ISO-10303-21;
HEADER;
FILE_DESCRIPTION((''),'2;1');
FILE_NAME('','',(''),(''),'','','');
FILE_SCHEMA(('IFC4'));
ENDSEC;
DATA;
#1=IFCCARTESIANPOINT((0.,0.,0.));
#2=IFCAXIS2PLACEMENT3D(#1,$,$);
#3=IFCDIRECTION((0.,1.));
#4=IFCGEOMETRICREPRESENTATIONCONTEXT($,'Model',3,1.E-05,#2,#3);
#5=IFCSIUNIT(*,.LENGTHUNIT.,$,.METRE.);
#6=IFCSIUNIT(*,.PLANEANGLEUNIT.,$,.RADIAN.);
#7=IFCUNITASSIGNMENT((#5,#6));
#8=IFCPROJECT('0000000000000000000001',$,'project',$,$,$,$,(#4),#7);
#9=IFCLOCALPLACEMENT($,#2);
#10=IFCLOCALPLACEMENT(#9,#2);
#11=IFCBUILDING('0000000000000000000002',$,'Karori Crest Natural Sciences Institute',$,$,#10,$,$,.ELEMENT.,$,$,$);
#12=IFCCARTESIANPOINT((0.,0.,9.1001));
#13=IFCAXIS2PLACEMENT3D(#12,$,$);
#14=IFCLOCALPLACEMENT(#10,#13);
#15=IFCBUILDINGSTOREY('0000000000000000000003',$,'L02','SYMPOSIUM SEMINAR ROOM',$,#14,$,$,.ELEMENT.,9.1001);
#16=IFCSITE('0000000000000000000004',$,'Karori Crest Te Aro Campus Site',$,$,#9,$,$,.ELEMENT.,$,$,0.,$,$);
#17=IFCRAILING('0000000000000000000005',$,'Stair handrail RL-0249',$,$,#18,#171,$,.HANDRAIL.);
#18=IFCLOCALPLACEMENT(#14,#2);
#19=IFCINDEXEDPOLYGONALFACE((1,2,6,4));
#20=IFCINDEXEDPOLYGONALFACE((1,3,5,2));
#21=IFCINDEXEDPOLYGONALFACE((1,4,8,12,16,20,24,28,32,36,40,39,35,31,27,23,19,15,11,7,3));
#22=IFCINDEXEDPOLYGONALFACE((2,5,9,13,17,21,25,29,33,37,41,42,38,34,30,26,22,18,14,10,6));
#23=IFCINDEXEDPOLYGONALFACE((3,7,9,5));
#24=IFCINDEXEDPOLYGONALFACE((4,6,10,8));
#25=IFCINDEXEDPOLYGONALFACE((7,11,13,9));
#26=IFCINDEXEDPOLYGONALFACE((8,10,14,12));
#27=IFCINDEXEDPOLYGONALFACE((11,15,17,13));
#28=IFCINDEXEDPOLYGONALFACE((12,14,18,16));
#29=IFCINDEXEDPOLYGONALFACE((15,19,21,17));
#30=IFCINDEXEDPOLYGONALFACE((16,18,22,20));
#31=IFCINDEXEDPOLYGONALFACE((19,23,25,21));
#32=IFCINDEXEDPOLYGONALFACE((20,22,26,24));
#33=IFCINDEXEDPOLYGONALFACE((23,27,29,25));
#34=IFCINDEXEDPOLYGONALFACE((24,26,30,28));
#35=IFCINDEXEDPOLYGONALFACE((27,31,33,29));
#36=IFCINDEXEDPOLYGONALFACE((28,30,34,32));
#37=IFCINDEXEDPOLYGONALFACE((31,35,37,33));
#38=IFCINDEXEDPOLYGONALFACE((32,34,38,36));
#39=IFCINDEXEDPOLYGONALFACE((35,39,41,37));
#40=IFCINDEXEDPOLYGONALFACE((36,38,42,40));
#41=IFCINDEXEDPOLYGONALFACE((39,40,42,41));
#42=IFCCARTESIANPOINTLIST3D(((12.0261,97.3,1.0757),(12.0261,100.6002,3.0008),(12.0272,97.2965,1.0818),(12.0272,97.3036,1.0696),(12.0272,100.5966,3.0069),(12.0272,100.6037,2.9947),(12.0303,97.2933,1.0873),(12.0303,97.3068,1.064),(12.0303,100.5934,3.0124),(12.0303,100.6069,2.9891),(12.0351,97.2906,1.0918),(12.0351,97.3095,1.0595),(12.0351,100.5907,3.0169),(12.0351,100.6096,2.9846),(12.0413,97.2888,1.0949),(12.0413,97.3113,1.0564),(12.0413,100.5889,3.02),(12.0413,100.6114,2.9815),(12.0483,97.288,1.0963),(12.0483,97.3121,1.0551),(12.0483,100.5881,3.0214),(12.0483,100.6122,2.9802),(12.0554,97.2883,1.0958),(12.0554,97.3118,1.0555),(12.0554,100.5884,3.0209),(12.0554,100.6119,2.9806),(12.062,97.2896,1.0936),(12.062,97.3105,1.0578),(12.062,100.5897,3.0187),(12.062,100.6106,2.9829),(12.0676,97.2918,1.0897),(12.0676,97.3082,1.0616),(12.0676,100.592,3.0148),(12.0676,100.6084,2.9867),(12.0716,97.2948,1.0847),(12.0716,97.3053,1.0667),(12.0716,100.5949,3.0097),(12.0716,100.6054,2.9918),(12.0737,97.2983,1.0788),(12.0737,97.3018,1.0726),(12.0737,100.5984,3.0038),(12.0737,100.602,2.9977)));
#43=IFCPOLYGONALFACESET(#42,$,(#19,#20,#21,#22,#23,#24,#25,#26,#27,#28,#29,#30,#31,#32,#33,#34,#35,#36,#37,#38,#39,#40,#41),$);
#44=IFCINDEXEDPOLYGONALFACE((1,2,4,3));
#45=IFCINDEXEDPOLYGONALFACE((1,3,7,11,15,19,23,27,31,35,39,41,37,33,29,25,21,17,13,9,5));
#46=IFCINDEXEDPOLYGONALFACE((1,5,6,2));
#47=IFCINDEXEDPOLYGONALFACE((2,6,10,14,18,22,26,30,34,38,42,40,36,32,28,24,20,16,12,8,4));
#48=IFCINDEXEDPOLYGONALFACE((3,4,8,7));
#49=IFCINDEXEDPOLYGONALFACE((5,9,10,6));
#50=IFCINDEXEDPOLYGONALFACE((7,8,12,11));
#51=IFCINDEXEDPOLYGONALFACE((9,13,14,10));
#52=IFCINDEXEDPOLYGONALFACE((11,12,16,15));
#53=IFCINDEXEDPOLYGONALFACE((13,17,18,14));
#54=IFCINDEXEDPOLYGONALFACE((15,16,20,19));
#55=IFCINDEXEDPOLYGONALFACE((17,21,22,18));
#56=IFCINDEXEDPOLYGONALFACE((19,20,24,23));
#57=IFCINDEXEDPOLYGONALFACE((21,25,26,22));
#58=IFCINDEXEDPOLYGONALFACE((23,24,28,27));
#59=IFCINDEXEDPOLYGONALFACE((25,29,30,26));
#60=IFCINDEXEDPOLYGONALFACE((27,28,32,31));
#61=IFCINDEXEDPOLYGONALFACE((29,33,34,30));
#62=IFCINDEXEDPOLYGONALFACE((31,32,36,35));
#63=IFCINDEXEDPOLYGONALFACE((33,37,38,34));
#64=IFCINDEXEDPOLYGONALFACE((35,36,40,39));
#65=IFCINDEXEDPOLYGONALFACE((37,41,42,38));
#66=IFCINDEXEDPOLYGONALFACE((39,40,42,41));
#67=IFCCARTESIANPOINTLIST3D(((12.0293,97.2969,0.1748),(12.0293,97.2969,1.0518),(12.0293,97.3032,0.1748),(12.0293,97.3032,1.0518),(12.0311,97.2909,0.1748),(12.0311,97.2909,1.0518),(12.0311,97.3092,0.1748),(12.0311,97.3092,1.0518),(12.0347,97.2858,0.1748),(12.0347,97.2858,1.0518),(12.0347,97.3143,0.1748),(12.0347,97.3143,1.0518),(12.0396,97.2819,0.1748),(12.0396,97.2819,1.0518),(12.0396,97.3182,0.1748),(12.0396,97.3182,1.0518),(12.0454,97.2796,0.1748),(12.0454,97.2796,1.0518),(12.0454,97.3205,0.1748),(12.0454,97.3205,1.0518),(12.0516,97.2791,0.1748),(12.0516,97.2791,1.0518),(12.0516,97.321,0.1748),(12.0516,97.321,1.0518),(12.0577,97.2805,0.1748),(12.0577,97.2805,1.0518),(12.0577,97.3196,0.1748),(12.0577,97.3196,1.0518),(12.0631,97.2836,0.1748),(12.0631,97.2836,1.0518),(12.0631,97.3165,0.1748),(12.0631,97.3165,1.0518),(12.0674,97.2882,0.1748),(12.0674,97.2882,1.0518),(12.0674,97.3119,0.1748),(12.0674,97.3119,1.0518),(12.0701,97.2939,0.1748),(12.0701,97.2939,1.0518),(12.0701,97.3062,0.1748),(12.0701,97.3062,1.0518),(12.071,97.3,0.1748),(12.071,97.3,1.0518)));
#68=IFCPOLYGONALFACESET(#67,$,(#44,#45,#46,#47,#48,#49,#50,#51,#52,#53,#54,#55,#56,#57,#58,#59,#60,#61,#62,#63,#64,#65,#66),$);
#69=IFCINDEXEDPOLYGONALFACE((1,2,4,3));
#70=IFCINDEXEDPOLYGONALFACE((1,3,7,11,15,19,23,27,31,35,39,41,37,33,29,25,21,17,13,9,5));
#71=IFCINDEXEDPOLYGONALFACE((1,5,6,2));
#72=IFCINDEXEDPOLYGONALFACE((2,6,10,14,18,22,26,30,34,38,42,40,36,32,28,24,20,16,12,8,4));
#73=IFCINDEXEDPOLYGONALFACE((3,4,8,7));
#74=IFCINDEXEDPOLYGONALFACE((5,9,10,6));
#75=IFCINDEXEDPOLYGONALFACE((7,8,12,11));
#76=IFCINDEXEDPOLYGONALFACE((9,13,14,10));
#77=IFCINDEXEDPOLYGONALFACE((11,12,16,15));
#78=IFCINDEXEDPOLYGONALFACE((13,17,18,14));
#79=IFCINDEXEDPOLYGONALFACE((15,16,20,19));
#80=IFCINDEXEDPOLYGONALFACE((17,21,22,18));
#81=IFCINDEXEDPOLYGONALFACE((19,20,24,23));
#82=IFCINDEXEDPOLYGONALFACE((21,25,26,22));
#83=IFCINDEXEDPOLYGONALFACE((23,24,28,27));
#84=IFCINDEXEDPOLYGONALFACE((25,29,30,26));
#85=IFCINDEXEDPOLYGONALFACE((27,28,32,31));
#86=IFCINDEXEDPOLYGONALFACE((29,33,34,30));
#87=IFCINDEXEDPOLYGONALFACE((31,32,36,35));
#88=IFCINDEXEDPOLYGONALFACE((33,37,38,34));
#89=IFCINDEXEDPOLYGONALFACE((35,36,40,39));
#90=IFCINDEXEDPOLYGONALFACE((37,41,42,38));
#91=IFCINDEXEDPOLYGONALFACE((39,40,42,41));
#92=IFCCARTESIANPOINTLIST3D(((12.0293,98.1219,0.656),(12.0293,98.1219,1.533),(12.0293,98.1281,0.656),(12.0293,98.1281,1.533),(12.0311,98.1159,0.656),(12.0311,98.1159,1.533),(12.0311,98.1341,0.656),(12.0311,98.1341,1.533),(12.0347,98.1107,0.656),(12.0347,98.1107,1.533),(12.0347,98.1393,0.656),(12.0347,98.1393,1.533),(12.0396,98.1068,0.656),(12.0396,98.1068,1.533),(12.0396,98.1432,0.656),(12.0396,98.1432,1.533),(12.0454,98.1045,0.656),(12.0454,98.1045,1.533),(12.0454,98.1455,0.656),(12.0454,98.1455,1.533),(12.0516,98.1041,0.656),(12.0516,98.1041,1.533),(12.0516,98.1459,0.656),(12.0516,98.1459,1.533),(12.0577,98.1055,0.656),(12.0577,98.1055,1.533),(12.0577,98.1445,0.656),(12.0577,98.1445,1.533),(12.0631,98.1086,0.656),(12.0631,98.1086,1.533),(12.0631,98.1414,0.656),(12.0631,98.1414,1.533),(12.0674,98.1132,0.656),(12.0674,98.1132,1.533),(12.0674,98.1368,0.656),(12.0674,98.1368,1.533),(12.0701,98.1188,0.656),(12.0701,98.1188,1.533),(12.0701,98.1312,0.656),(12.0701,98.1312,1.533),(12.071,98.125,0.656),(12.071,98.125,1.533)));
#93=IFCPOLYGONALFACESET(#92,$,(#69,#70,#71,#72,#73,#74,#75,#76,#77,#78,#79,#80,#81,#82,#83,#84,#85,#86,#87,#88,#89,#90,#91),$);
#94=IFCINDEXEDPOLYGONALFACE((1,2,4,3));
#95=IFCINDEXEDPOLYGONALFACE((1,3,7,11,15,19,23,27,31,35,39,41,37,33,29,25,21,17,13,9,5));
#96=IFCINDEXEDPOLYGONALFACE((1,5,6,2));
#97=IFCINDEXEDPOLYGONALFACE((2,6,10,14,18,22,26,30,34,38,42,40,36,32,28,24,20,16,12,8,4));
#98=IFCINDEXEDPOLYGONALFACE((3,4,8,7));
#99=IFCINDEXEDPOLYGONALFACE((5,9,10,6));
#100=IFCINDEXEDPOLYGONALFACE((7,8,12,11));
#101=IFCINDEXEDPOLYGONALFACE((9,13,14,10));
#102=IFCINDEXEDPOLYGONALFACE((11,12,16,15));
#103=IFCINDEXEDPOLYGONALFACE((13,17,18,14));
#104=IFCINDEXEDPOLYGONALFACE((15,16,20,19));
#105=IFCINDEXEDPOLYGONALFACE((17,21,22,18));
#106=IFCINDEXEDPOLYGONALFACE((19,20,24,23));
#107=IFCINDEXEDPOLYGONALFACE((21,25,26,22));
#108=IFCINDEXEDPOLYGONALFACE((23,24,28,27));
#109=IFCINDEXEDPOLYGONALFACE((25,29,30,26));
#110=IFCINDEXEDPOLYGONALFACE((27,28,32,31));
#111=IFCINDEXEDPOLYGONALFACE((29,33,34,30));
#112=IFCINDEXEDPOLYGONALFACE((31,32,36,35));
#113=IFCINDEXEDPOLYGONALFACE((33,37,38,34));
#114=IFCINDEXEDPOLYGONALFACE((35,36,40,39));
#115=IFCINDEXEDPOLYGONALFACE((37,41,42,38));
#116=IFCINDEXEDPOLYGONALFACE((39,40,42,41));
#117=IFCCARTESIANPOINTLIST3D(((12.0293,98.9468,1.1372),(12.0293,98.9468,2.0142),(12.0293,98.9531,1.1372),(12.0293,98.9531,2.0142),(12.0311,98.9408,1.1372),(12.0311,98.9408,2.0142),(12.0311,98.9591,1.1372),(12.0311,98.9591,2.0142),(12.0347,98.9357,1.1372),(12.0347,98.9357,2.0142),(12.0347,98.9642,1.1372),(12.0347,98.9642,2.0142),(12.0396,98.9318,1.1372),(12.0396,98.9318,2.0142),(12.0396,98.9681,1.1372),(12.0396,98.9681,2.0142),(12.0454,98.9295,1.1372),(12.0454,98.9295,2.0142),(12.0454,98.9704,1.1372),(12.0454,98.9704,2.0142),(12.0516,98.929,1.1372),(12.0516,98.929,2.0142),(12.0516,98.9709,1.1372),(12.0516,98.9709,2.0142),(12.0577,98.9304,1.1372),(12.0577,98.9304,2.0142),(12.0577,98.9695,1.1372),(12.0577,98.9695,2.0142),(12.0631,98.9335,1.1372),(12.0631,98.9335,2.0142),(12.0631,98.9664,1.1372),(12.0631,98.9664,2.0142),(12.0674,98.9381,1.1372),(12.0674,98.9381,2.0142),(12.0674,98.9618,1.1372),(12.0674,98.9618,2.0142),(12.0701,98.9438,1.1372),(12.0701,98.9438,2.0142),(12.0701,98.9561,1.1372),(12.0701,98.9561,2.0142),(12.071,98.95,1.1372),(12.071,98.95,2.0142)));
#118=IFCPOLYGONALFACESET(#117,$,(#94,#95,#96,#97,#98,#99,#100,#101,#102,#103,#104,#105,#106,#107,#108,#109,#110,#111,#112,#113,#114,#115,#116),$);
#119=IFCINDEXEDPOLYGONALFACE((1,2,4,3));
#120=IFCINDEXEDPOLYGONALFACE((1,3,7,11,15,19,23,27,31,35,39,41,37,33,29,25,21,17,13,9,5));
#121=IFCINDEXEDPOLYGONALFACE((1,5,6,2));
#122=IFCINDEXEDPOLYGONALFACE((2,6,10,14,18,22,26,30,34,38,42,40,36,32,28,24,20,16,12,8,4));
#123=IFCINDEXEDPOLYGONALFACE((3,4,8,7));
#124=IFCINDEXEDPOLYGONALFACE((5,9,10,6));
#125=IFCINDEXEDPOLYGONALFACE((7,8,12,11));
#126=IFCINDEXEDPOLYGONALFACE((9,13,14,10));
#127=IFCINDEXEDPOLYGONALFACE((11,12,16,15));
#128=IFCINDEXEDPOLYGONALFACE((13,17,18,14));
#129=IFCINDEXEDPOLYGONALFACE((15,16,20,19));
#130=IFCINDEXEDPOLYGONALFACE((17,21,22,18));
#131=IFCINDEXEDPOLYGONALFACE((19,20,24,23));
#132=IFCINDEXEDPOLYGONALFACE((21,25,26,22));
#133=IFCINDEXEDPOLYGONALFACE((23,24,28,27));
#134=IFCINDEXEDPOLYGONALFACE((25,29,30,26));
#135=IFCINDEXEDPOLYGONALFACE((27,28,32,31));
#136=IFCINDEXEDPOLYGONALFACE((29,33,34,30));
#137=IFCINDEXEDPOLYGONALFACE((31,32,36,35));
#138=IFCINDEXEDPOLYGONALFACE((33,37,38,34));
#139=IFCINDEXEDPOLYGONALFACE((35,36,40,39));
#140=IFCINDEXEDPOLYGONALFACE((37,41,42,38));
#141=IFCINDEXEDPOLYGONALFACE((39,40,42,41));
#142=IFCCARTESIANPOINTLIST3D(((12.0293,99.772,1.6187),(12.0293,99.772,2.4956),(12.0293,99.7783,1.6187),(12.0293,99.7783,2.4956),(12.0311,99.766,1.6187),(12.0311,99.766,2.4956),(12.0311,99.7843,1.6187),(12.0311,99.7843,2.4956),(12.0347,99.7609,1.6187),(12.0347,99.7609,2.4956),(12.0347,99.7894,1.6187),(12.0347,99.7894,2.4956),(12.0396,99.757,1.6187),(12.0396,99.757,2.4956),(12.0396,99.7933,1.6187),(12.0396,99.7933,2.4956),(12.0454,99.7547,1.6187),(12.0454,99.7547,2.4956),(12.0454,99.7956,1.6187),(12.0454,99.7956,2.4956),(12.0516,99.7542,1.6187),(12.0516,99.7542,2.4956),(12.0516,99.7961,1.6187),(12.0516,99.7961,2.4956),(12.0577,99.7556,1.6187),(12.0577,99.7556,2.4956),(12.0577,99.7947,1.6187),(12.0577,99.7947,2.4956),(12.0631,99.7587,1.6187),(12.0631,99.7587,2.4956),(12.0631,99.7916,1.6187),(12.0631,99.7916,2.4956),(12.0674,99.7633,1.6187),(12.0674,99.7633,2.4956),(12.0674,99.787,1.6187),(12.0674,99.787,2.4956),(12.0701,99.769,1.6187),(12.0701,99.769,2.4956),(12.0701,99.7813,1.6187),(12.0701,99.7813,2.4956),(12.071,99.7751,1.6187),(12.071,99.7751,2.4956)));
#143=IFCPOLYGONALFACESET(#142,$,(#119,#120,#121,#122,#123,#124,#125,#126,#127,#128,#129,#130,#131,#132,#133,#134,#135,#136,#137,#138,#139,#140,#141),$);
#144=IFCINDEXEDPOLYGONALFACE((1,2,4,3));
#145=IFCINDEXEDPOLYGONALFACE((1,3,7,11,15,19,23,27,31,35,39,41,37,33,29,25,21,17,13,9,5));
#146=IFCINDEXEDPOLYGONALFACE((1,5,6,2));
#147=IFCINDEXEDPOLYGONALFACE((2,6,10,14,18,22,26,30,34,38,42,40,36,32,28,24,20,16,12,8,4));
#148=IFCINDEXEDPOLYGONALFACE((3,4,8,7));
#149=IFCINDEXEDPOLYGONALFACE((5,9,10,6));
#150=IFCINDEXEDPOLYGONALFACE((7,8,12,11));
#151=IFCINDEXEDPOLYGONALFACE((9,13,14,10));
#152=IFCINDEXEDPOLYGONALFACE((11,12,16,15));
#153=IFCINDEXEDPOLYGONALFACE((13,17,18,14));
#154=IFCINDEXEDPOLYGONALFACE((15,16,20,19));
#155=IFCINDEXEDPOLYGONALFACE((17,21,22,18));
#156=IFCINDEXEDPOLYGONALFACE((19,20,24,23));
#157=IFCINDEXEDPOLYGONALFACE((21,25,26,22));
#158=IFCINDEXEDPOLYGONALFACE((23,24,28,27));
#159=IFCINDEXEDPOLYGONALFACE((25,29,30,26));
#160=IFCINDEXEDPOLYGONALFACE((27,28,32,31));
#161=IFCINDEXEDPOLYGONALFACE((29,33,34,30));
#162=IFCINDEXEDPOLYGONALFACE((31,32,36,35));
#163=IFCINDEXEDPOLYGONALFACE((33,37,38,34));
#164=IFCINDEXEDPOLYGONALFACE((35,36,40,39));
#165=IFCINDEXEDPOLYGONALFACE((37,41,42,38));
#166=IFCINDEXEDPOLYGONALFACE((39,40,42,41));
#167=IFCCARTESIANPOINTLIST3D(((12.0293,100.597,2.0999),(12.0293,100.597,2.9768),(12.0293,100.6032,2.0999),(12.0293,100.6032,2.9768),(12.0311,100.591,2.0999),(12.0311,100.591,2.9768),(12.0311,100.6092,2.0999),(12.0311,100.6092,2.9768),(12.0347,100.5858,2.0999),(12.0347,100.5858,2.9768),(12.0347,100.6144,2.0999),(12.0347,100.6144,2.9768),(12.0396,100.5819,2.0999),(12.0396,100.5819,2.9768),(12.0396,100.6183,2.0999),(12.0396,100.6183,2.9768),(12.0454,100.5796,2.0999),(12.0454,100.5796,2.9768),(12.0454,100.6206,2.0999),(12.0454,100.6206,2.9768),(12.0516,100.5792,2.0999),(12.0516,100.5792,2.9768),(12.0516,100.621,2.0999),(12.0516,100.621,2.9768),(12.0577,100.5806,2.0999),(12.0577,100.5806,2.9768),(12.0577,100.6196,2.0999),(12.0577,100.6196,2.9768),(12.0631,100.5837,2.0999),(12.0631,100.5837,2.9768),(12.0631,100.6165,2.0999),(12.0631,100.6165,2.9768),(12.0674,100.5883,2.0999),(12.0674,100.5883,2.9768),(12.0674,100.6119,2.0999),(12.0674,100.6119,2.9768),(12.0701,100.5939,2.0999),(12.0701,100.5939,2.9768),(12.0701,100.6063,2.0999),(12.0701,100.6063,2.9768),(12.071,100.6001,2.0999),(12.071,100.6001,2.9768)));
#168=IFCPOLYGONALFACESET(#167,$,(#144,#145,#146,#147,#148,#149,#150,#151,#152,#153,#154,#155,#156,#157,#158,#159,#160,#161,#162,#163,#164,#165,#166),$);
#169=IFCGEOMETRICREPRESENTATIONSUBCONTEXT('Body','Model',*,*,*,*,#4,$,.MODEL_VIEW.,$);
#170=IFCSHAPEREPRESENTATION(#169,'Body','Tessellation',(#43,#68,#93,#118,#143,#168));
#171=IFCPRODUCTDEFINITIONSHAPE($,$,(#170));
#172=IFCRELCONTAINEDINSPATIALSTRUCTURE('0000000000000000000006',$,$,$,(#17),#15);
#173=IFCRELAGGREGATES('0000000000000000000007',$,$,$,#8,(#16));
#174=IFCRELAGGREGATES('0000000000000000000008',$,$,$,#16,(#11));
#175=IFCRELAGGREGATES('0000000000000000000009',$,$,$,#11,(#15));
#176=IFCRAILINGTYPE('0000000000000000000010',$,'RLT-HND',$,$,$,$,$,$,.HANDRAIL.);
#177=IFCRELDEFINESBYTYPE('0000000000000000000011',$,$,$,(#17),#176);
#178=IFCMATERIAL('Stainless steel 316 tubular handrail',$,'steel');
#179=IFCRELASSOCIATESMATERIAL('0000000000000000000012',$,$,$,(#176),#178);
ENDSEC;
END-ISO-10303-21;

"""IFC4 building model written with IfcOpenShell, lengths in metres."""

from ifc_helpers import new_model, si_unit, direction, frame, origin, origin_2d, place, context, subcontext, project, spatial, circle, extrude, material, type_object, element, save


model = new_model("IFC4")

# Units and contexts
model_context = context("Model", 3, precision=1e-05, world=origin(), true_north=direction((0.0, 1.0)))
body_context = subcontext(model_context, "Body", "Model", "MODEL_VIEW")
ifc_project = project(units=[si_unit("LENGTHUNIT", "METRE"), si_unit("PLANEANGLEUNIT", "RADIAN")], contexts=[model_context])

# Site, building, storey
site_placement = place(None, origin())
site = spatial("IfcSite", under=ifc_project, at=site_placement, Name="Karori Crest Te Aro Campus Site", CompositionType="ELEMENT", RefElevation=0.0)
building_placement = place(site_placement, origin())
building = spatial("IfcBuilding", under=site, at=building_placement, Name="Karori Crest Natural Sciences Institute", CompositionType="ELEMENT")
storey_placement = place(building_placement, frame((0.0, 0.0, 9.1001)))
storey = spatial("IfcBuildingStorey", under=building, at=storey_placement, Name="L02", Description="SYMPOSIUM SEMINAR ROOM", CompositionType="ELEMENT", Elevation=9.1001)

# Railing
ifc_material_1 = material(Name="Stainless steel 316 tubular handrail", Category="steel")
railing_type_1 = type_object("IfcRailingType", Name="RLT-HND", PredefinedType="HANDRAIL", material=ifc_material_1)
railing_1_placement = place(storey_placement, frame((12.05, 97.3, 0.1748)))
element("IfcRailing", 1, at=railing_1_placement, inside=storey, type_object=railing_type_1, Name="Stair handrail RL-0249", PredefinedType="HANDRAIL", context=body_context, shape_type="SweptSolid", body=[
    extrude(circle(Radius=0.0239, at=origin_2d()), frame((0.0, 0.0, 0.9009), z_axis=(0.0, 0.863777, 0.503875), x_axis=(-1.0, 0.0, 0.0)), (0.0, 0.0, 1.0), 3.8206),
    extrude(circle(Radius=0.021, at=origin_2d()), origin(), (0.0, 0.0, 1.0), 0.877),
    extrude(circle(Radius=0.021, at=origin_2d()), frame((0.0, 0.825, 0.4812)), (0.0, 0.0, 1.0), 0.877),
    extrude(circle(Radius=0.021, at=origin_2d()), frame((0.0, 1.6499, 0.9624)), (0.0, 0.0, 1.0), 0.877),
    extrude(circle(Radius=0.021, at=origin_2d()), frame((0.0, 2.4751, 1.4438)), (0.0, 0.0, 1.0), 0.877),
    extrude(circle(Radius=0.021, at=origin_2d()), frame((0.0, 3.3, 1.925)), (0.0, 0.0, 1.0), 0.877),
])

save(model, "model.ifc")
